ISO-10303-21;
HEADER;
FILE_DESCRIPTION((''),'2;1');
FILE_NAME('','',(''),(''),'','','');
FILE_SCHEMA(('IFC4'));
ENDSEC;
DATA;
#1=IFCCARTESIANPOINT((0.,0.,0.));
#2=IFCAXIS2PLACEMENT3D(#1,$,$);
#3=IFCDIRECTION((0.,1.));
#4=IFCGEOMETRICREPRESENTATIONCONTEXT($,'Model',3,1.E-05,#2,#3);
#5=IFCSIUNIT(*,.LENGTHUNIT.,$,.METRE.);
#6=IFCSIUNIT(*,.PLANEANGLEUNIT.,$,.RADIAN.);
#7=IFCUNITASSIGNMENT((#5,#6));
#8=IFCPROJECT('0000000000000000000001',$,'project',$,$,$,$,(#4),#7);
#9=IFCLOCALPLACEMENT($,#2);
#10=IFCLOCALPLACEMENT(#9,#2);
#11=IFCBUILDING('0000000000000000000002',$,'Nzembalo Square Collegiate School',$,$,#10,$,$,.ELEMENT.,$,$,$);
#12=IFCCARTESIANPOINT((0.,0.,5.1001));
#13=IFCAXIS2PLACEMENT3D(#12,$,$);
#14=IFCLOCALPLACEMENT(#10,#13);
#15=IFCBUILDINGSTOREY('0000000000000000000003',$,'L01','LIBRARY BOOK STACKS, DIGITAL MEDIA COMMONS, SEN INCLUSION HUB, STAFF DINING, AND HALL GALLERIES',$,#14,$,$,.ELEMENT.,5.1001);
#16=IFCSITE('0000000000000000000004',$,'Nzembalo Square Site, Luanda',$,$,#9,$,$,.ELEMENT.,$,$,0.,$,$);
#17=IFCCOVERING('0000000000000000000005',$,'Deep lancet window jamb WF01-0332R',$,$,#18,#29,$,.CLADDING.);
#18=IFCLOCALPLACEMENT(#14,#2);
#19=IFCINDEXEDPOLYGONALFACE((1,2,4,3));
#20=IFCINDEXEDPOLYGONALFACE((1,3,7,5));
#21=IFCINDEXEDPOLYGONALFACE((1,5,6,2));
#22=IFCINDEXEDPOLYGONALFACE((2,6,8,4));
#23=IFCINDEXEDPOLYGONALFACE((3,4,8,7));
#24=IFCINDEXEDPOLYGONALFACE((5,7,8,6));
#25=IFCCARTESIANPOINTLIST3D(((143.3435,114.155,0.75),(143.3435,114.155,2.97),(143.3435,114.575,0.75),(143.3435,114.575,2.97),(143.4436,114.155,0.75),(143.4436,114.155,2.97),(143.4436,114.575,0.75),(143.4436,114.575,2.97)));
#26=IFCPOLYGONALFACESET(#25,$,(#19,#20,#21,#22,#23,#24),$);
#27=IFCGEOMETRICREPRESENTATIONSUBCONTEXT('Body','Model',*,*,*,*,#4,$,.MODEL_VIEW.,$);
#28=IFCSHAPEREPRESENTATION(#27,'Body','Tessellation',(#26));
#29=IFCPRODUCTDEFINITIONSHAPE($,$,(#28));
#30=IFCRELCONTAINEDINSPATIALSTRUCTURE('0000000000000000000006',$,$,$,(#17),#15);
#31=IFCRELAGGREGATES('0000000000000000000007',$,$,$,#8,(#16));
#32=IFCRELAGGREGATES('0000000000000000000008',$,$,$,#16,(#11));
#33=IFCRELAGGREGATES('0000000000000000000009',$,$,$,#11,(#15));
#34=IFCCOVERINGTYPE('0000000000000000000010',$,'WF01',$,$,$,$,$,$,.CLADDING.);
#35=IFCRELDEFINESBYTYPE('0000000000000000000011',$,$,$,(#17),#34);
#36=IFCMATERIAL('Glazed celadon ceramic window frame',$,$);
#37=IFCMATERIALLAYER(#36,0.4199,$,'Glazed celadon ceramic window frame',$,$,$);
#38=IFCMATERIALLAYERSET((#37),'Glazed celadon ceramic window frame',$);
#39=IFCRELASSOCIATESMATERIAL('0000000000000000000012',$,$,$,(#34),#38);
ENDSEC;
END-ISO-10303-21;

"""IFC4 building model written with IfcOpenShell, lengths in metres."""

from ifc_helpers import new_model, si_unit, direction, frame, origin, origin_2d, place, context, subcontext, project, spatial, rectangle, extrude, material, layer, layer_set, type_object, element, save


model = new_model("IFC4")

# Units and contexts
model_context = context("Model", 3, precision=1e-05, world=origin(), true_north=direction((0.0, 1.0)))
body_context = subcontext(model_context, "Body", "Model", "MODEL_VIEW")
ifc_project = project(units=[si_unit("LENGTHUNIT", "METRE"), si_unit("PLANEANGLEUNIT", "RADIAN")], contexts=[model_context])

# Site, building, storey
site_placement = place(None, origin())
site = spatial("IfcSite", under=ifc_project, at=site_placement, Name="Nzembalo Square Site, Luanda", CompositionType="ELEMENT", RefElevation=0.0)
building_placement = place(site_placement, origin())
building = spatial("IfcBuilding", under=site, at=building_placement, Name="Nzembalo Square Collegiate School", CompositionType="ELEMENT")
storey_placement = place(building_placement, frame((0.0, 0.0, 5.1001)))
storey = spatial("IfcBuildingStorey", under=building, at=storey_placement, Name="L01", Description="LIBRARY BOOK STACKS, DIGITAL MEDIA COMMONS, SEN INCLUSION HUB, STAFF DINING, AND HALL GALLERIES", CompositionType="ELEMENT", Elevation=5.1001)

# Covering
ifc_material_1 = material(Name="Glazed celadon ceramic window frame")
ifc_layer_1 = layer(ifc_material_1, 0.4199, Name="Glazed celadon ceramic window frame")
ifc_layer_set_1 = layer_set([ifc_layer_1], Name="Glazed celadon ceramic window frame")
covering_type_1 = type_object("IfcCoveringType", Name="WF01", PredefinedType="CLADDING", material=ifc_layer_set_1)
for number, where, z_axis, x_axis, name in (
    (1, (143.3936, 114.365, 0.75), (0.0, 0.0, 1.0), (1.0, 0.0, 0.0), "Deep lancet window jamb WF01-0332R"),
):
    element("IfcCovering", number, at=place(storey_placement, frame(where, z_axis=z_axis, x_axis=x_axis)), inside=storey, type_object=covering_type_1, Name=name, PredefinedType="CLADDING", context=body_context, shape_type="SweptSolid", body=[
        extrude(rectangle(XDim=0.1001, YDim=0.4199, at=origin_2d()), origin(), (0.0, 0.0, 1.0), 2.22),
    ])

save(model, "model.ifc")
